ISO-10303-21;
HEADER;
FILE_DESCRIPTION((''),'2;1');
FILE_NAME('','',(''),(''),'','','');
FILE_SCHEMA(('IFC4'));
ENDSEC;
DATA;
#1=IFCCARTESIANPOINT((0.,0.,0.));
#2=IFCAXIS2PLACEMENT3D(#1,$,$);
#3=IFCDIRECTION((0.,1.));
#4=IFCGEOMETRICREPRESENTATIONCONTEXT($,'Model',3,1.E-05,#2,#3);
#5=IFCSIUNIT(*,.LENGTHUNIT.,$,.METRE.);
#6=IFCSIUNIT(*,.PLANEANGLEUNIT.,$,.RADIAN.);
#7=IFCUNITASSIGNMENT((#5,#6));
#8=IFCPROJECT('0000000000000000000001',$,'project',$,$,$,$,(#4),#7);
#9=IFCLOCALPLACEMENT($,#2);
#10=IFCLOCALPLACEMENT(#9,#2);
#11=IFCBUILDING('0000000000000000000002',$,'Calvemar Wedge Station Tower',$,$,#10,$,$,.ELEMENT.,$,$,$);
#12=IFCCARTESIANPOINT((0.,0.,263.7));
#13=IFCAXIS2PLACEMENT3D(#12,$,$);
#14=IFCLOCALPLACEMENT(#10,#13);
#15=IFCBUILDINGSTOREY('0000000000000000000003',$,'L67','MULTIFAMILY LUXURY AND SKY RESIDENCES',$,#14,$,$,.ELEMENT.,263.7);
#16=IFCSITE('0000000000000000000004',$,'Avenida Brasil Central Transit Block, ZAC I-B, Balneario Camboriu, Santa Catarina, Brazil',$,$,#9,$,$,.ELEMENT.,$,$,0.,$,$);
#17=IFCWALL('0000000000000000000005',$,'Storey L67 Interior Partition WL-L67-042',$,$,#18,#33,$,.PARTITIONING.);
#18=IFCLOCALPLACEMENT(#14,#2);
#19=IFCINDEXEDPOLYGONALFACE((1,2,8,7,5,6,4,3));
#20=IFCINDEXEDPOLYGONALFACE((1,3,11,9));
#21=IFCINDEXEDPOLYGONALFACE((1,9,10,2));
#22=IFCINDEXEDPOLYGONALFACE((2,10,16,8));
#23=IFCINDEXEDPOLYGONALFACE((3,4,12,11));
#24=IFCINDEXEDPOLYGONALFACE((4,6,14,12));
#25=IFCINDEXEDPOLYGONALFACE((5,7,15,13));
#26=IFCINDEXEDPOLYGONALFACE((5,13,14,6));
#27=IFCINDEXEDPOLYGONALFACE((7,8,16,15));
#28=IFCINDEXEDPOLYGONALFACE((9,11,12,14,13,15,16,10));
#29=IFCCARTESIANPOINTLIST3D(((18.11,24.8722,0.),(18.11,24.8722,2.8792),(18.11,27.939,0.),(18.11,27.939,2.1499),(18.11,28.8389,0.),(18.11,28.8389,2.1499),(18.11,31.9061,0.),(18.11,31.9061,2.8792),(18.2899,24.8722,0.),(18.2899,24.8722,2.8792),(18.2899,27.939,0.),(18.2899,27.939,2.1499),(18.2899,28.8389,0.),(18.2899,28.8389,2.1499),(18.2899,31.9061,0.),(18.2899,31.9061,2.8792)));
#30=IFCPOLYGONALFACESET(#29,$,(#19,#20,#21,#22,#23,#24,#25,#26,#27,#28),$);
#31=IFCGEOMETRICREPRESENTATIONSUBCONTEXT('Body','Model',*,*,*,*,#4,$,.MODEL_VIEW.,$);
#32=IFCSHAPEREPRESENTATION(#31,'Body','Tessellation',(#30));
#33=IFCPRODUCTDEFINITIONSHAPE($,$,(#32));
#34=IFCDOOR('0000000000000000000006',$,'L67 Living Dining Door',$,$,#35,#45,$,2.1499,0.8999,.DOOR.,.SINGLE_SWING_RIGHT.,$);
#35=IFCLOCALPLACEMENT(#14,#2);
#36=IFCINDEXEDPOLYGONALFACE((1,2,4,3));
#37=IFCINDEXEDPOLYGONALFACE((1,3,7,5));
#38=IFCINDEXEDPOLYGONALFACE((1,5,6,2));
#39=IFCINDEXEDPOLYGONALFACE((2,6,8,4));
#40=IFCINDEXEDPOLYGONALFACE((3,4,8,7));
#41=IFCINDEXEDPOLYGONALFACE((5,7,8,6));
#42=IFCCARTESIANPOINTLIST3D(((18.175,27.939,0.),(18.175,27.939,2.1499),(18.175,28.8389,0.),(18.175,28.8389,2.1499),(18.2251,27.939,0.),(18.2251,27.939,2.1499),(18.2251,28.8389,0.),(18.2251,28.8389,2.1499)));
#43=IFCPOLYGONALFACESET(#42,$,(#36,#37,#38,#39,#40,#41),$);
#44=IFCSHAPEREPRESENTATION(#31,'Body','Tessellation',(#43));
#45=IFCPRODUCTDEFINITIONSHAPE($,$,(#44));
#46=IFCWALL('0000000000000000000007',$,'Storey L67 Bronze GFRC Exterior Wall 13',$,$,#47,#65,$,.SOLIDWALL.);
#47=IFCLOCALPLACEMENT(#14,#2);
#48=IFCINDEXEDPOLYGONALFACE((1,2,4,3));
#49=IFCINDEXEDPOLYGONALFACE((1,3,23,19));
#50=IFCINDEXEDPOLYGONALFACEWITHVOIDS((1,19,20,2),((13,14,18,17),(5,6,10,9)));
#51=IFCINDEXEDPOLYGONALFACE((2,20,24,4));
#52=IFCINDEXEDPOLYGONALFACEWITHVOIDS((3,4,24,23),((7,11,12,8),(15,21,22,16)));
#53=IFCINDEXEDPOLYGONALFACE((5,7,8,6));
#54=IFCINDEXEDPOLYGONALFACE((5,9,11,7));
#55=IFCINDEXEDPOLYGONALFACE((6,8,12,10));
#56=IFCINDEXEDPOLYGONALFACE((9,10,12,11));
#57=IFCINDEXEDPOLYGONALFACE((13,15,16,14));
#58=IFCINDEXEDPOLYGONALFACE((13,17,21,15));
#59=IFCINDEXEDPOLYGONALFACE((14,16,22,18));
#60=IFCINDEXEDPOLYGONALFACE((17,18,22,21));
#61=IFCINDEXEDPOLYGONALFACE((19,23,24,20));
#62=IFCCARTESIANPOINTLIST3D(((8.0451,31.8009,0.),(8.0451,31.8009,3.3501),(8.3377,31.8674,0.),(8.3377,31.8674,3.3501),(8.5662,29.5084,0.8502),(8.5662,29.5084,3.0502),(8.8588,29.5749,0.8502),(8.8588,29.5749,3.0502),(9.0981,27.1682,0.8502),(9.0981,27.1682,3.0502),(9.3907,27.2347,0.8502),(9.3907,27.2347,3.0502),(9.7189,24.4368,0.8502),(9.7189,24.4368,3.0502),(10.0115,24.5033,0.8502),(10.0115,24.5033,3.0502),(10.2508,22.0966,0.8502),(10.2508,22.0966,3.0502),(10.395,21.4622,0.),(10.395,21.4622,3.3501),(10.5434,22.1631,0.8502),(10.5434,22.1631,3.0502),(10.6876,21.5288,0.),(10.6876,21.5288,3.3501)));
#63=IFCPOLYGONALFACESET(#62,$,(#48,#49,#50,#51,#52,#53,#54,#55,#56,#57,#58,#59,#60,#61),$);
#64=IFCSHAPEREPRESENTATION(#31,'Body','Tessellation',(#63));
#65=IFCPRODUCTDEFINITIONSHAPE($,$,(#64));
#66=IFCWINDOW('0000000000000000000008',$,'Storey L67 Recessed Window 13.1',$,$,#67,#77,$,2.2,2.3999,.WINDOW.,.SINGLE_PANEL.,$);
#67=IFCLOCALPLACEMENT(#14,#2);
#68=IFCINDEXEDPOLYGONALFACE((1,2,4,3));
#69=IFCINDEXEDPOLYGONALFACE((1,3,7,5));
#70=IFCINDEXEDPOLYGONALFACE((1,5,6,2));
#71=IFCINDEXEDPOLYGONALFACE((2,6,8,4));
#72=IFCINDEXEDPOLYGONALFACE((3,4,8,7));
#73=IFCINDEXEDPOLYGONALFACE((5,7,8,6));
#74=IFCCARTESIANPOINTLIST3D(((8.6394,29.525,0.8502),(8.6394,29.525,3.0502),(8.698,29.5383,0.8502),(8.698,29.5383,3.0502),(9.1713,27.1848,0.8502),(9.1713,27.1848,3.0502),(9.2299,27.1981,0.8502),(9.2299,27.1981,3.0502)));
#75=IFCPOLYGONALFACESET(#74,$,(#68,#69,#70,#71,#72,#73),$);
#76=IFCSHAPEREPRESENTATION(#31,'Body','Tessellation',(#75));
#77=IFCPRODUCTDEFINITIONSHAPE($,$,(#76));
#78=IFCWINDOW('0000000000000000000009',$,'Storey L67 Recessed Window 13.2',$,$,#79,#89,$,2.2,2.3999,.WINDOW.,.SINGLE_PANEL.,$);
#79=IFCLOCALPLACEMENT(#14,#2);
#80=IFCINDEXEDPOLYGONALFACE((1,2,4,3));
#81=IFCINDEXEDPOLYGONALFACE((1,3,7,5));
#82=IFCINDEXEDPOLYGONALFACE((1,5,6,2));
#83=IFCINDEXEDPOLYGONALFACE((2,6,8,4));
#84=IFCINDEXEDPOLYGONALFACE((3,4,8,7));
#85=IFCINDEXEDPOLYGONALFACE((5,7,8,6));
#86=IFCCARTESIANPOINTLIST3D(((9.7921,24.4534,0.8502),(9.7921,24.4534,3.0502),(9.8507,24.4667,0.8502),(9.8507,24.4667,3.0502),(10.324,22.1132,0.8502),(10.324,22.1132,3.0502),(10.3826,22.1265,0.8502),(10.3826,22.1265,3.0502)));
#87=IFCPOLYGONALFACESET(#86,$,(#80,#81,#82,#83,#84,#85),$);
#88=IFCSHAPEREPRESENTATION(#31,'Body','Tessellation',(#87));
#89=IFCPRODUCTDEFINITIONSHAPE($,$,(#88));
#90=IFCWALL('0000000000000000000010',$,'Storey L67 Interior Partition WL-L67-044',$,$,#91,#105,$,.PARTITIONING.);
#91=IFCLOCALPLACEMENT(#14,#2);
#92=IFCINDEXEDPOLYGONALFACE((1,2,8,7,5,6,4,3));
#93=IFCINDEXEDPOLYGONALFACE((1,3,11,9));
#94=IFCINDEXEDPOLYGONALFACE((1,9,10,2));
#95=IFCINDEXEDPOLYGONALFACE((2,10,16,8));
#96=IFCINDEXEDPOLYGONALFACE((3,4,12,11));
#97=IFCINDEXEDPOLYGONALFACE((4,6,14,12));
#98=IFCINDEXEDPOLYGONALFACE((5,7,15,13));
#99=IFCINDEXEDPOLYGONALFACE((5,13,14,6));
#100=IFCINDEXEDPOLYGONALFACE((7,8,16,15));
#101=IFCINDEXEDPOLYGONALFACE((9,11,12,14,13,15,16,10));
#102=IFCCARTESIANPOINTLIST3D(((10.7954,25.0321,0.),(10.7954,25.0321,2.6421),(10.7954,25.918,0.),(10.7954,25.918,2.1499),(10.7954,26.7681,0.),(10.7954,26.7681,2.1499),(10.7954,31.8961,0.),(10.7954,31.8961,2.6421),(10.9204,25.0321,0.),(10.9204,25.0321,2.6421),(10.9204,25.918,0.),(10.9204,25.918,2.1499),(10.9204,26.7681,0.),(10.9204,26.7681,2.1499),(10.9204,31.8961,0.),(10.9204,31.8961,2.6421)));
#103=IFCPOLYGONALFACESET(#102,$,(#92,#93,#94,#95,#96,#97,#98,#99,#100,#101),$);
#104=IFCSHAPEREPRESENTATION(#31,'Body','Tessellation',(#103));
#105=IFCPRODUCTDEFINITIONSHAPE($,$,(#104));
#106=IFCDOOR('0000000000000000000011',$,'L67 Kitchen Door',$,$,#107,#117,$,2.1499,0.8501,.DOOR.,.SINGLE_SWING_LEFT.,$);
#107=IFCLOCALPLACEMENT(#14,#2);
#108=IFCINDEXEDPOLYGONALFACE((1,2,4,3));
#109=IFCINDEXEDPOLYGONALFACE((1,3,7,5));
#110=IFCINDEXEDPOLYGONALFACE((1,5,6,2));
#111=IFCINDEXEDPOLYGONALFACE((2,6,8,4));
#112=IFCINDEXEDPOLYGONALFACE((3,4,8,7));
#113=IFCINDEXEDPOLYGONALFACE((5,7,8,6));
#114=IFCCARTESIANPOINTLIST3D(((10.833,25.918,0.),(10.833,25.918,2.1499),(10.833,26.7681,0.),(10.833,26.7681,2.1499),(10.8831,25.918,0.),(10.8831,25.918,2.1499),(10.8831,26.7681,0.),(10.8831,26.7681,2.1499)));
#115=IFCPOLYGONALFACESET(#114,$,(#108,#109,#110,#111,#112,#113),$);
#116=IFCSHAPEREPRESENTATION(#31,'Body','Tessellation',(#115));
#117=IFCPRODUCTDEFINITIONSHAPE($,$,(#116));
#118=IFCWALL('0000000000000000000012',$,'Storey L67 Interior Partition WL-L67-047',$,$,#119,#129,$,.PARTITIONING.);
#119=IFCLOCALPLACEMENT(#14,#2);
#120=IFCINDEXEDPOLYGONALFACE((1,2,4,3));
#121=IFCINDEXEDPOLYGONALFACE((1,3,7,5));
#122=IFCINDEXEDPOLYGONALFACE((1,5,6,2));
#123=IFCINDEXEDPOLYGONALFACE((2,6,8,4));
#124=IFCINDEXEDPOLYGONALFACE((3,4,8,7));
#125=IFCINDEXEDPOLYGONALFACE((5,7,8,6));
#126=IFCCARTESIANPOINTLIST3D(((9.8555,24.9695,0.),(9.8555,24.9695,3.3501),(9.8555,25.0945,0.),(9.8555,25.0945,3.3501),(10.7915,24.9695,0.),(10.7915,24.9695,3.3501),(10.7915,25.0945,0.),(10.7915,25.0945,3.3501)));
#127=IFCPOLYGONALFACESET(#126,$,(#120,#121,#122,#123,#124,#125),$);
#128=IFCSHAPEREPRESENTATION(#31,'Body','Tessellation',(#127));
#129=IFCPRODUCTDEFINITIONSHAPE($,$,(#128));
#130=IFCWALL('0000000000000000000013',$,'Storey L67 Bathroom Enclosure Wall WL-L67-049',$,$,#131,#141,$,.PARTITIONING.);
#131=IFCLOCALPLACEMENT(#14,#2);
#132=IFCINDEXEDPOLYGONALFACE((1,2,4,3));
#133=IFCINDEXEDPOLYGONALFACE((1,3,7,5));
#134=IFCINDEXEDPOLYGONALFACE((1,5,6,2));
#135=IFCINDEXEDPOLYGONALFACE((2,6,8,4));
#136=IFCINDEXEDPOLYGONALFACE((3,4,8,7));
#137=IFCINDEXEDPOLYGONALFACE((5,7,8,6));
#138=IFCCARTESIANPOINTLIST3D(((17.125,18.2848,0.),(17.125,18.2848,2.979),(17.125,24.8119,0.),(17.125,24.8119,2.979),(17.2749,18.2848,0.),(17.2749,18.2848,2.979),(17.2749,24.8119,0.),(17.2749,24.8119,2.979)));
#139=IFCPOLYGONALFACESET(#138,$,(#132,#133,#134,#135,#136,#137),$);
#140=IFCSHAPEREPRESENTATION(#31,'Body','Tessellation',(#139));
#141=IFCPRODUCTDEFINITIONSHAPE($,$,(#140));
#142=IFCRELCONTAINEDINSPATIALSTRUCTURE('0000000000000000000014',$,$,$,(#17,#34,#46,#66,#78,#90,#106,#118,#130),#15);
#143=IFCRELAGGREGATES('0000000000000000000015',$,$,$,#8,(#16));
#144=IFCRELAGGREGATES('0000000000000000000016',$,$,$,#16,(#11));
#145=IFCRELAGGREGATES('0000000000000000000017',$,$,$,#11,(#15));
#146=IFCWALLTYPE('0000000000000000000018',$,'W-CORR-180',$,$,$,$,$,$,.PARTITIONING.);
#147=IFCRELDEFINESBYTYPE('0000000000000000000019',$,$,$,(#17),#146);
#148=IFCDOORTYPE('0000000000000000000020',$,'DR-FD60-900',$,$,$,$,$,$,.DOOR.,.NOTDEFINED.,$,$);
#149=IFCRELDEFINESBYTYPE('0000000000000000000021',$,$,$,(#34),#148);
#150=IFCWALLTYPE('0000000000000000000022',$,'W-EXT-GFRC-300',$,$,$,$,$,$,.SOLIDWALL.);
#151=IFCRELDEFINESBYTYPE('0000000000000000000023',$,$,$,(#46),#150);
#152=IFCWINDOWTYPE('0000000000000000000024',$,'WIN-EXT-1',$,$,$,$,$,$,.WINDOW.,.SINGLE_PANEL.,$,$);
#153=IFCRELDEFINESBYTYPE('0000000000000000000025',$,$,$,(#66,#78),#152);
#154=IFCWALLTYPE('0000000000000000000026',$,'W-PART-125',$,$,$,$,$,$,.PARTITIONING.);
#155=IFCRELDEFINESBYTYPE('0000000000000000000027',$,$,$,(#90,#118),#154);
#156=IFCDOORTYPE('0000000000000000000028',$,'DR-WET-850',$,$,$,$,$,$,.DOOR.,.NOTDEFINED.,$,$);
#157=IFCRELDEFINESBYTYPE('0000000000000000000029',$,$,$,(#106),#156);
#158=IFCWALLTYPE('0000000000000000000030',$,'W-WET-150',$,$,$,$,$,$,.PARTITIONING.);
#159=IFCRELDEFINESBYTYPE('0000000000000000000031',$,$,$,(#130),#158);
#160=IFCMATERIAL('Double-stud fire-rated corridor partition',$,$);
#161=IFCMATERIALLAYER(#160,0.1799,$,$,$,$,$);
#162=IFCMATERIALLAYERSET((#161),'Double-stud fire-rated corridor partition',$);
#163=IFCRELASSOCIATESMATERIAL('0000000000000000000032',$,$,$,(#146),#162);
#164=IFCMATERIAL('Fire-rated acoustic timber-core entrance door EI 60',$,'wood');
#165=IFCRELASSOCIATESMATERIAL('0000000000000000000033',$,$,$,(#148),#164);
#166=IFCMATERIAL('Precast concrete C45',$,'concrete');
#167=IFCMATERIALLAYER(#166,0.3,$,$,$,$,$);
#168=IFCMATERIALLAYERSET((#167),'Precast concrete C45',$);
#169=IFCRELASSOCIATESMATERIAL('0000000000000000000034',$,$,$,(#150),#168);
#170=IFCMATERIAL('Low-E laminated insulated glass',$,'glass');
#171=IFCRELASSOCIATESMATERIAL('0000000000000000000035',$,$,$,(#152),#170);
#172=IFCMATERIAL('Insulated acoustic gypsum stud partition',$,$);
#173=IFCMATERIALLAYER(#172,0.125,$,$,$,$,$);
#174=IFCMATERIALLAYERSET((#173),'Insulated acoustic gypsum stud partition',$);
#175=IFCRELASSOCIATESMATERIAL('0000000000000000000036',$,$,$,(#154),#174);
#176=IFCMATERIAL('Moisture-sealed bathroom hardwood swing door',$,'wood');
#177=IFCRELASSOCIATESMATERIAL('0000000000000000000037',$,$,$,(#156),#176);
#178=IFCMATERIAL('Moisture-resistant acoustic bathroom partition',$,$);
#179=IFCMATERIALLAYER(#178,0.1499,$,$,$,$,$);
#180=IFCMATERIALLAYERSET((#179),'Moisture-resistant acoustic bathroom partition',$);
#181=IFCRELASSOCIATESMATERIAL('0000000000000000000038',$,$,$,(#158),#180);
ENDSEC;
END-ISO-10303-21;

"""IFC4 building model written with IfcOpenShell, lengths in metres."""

from ifc_helpers import new_model, si_unit, direction, frame, frame_2d, origin, place, context, subcontext, project, spatial, rectangle, extrude, source, transform, mapped, material, layer, layer_set, type_object, element, fill, save


model = new_model("IFC4")

# Units and contexts
model_context = context("Model", 3, precision=1e-05, world=origin(), true_north=direction((0.0, 1.0)))
body_context = subcontext(model_context, "Body", "Model", "MODEL_VIEW")
ifc_project = project(units=[si_unit("LENGTHUNIT", "METRE"), si_unit("PLANEANGLEUNIT", "RADIAN")], contexts=[model_context])

# Site, building, storey
site_placement = place(None, origin())
site = spatial("IfcSite", under=ifc_project, at=site_placement, Name="Avenida Brasil Central Transit Block, ZAC I-B, Balneario Camboriu, Santa Catarina, Brazil", CompositionType="ELEMENT", RefElevation=0.0)
building_placement = place(site_placement, origin())
building = spatial("IfcBuilding", under=site, at=building_placement, Name="Calvemar Wedge Station Tower", CompositionType="ELEMENT")
storey_placement = place(building_placement, frame((0.0, 0.0, 263.7)))
storey = spatial("IfcBuildingStorey", under=building, at=storey_placement, Name="L67", Description="MULTIFAMILY LUXURY AND SKY RESIDENCES", CompositionType="ELEMENT", Elevation=263.7)

# Wall, opening, door
ifc_material_1 = material(Name="Double-stud fire-rated corridor partition")
ifc_layer_1 = layer(ifc_material_1, 0.1799)
ifc_layer_set_1 = layer_set([ifc_layer_1], Name="Double-stud fire-rated corridor partition")
wall_type_1 = type_object("IfcWallType", Name="W-CORR-180", PredefinedType="PARTITIONING", material=ifc_layer_set_1)
wall_1_placement = place(storey_placement, frame((18.2, 24.8721, 0.0), z_axis=(0.0, 0.0, 1.0), x_axis=(0.0, 1.0, 0.0)))
wall_1 = element("IfcWall", 1, at=wall_1_placement, inside=storey, type_object=wall_type_1, Name="Storey L67 Interior Partition WL-L67-042", PredefinedType="PARTITIONING", context=body_context, shape_type="SweptSolid", body=[
    extrude(rectangle(XDim=7.0339, YDim=0.1799, at=frame_2d((3.5171, 0.0))), origin(), (0.0, 0.0, 1.0), 2.8792),
])
shared_shape_1 = source(origin(), body_context, "Body", "SweptSolid", [
    extrude(rectangle(XDim=0.8999, YDim=2.1499, at=frame_2d((0.45, 1.075))), frame((0.0, 0.1001, 0.0), z_axis=(0.0, -1.0, 0.0), x_axis=(1.0, 0.0, 0.0)), (0.0, 0.0, 1.0), 0.2),
])
opening_1_placement = place(wall_1_placement, frame((3.0669, 0.0, 0.0)))
opening_1 = element("IfcOpeningElement", 2, at=opening_1_placement, cuts=wall_1, PredefinedType="OPENING", context=body_context, shape_type="MappedRepresentation", body=[
    mapped(shared_shape_1, transform((0.0, 0.0, 0.0), scale=1.0)),
])
ifc_material_2 = material(Name="Fire-rated acoustic timber-core entrance door EI 60", Category="wood")
door_type_1 = type_object("IfcDoorType", Name="DR-FD60-900", OperationType="NOTDEFINED", PredefinedType="DOOR", material=ifc_material_2)
shared_shape_2 = source(origin(), body_context, "Body", "SweptSolid", [
    extrude(rectangle(XDim=0.8999, YDim=2.1499, at=frame_2d((0.45, 1.075))), frame((0.0, 0.0249, 0.0), z_axis=(0.0, -1.0, 0.0), x_axis=(1.0, 0.0, 0.0)), (0.0, 0.0, 1.0), 0.05),
])
door_1_placement = place(opening_1_placement, origin())
door_1 = element("IfcDoor", 3, at=door_1_placement, inside=storey, type_object=door_type_1, Name="L67 Living Dining Door", OperationType="SINGLE_SWING_RIGHT", OverallHeight=2.1499, OverallWidth=0.8999, PredefinedType="DOOR", context=body_context, shape_type="MappedRepresentation", body=[
    mapped(shared_shape_2, transform((0.0, 0.0, 0.0), scale=1.0)),
])
fill(opening_1, door_1)

# Wall, openings, windows
ifc_material_3 = material(Name="Precast concrete C45", Category="concrete")
ifc_layer_2 = layer(ifc_material_3, 0.3)
ifc_layer_set_2 = layer_set([ifc_layer_2], Name="Precast concrete C45")
wall_type_2 = type_object("IfcWallType", Name="W-EXT-GFRC-300", PredefinedType="SOLIDWALL", material=ifc_layer_set_2)
wall_2_placement = place(storey_placement, frame((8.1914, 31.8342, 0.0), z_axis=(0.0, 0.0, 1.0), x_axis=(0.221636, -0.975129, 0.0)))
wall_2 = element("IfcWall", 4, at=wall_2_placement, inside=storey, type_object=wall_type_2, Name="Storey L67 Bronze GFRC Exterior Wall 13", PredefinedType="SOLIDWALL", context=body_context, shape_type="SweptSolid", body=[
    extrude(rectangle(XDim=10.6023, YDim=0.3, at=frame_2d((5.3013, 0.0))), origin(), (0.0, 0.0, 1.0), 3.3501),
])
shared_shape_3 = source(origin(), body_context, "Body", "SweptSolid", [
    extrude(rectangle(XDim=2.3999, YDim=2.2, at=frame_2d((1.2, 1.1001))), frame((0.0, 0.1602, 0.0), z_axis=(0.0, -1.0, 0.0), x_axis=(1.0, 0.0, 0.0)), (0.0, 0.0, 1.0), 0.3201),
])
opening_2_placement = place(wall_2_placement, frame((2.3511, 0.0, 0.8501)))
opening_2 = element("IfcOpeningElement", 5, at=opening_2_placement, cuts=wall_2, PredefinedType="OPENING", context=body_context, shape_type="MappedRepresentation", body=[
    mapped(shared_shape_3, transform((0.0, 0.0, 0.0), scale=1.0)),
])
opening_3_placement = place(wall_2_placement, frame((7.552, 0.0, 0.8501)))
opening_3 = element("IfcOpeningElement", 6, at=opening_3_placement, cuts=wall_2, PredefinedType="OPENING", context=body_context, shape_type="MappedRepresentation", body=[
    mapped(shared_shape_3, transform((0.0, 0.0, 0.0), scale=1.0)),
])
ifc_material_4 = material(Name="Low-E laminated insulated glass", Category="glass")
window_type = type_object("IfcWindowType", Name="WIN-EXT-1", PartitioningType="SINGLE_PANEL", PredefinedType="WINDOW", material=ifc_material_4)
shared_shape_4 = source(origin(), body_context, "Body", "SweptSolid", [
    extrude(rectangle(XDim=2.3999, YDim=2.2, at=frame_2d((1.2, 1.1001))), frame((0.0, -0.0149, 0.0), z_axis=(0.0, -1.0, 0.0), x_axis=(1.0, 0.0, 0.0)), (0.0, 0.0, 1.0), 0.0601),
])
window_1_placement = place(opening_2_placement, origin())
window_1 = element("IfcWindow", 7, at=window_1_placement, inside=storey, type_object=window_type, Name="Storey L67 Recessed Window 13.1", OverallHeight=2.2, OverallWidth=2.3999, PartitioningType="SINGLE_PANEL", PredefinedType="WINDOW", context=body_context, shape_type="MappedRepresentation", body=[
    mapped(shared_shape_4, transform((0.0, 0.0, 0.0), scale=1.0)),
])
fill(opening_2, window_1)
window_2_placement = place(opening_3_placement, origin())
window_2 = element("IfcWindow", 8, at=window_2_placement, inside=storey, type_object=window_type, Name="Storey L67 Recessed Window 13.2", OverallHeight=2.2, OverallWidth=2.3999, PartitioningType="SINGLE_PANEL", PredefinedType="WINDOW", context=body_context, shape_type="MappedRepresentation", body=[
    mapped(shared_shape_4, transform((0.0, 0.0, 0.0), scale=1.0)),
])
fill(opening_3, window_2)

# Wall, opening, door
ifc_material_5 = material(Name="Insulated acoustic gypsum stud partition")
ifc_layer_3 = layer(ifc_material_5, 0.125)
ifc_layer_set_3 = layer_set([ifc_layer_3], Name="Insulated acoustic gypsum stud partition")
wall_type_3 = type_object("IfcWallType", Name="W-PART-125", PredefinedType="PARTITIONING", material=ifc_layer_set_3)
wall_3_placement = place(storey_placement, frame((10.8579, 25.032, 0.0), z_axis=(0.0, 0.0, 1.0), x_axis=(0.0, 1.0, 0.0)))
wall_3 = element("IfcWall", 9, at=wall_3_placement, inside=storey, type_object=wall_type_3, Name="Storey L67 Interior Partition WL-L67-044", PredefinedType="PARTITIONING", context=body_context, shape_type="SweptSolid", body=[
    extrude(rectangle(XDim=6.864, YDim=0.125, at=frame_2d((3.4321, 0.0))), origin(), (0.0, 0.0, 1.0), 2.6421),
])
shared_shape_5 = source(origin(), body_context, "Body", "SweptSolid", [
    extrude(rectangle(XDim=0.8501, YDim=2.1499, at=frame_2d((0.425, 1.075))), frame((0.0, 0.0725, 0.0), z_axis=(0.0, -1.0, 0.0), x_axis=(1.0, 0.0, 0.0)), (0.0, 0.0, 1.0), 0.145),
])
opening_4_placement = place(wall_3_placement, frame((0.886, 0.0, 0.0)))
opening_4 = element("IfcOpeningElement", 10, at=opening_4_placement, cuts=wall_3, PredefinedType="OPENING", context=body_context, shape_type="MappedRepresentation", body=[
    mapped(shared_shape_5, transform((0.0, 0.0, 0.0), scale=1.0)),
])
ifc_material_6 = material(Name="Moisture-sealed bathroom hardwood swing door", Category="wood")
door_type_2 = type_object("IfcDoorType", Name="DR-WET-850", OperationType="NOTDEFINED", PredefinedType="DOOR", material=ifc_material_6)
shared_shape_6 = source(origin(), body_context, "Body", "SweptSolid", [
    extrude(rectangle(XDim=0.8501, YDim=2.1499, at=frame_2d((0.425, 1.075))), frame((0.0, 0.0249, 0.0), z_axis=(0.0, -1.0, 0.0), x_axis=(1.0, 0.0, 0.0)), (0.0, 0.0, 1.0), 0.05),
])
door_2_placement = place(opening_4_placement, origin())
door_2 = element("IfcDoor", 11, at=door_2_placement, inside=storey, type_object=door_type_2, Name="L67 Kitchen Door", OperationType="SINGLE_SWING_LEFT", OverallHeight=2.1499, OverallWidth=0.8501, PredefinedType="DOOR", context=body_context, shape_type="MappedRepresentation", body=[
    mapped(shared_shape_6, transform((0.0, 0.0, 0.0), scale=1.0)),
])
fill(opening_4, door_2)

# Wall
wall_4_placement = place(storey_placement, frame((10.7915, 25.032, 0.0), z_axis=(0.0, 0.0, 1.0), x_axis=(-1.0, 0.0, 0.0)))
element("IfcWall", 12, at=wall_4_placement, inside=storey, type_object=wall_type_3, Name="Storey L67 Interior Partition WL-L67-047", PredefinedType="PARTITIONING", context=body_context, shape_type="SweptSolid", body=[
    extrude(rectangle(XDim=0.936, YDim=0.125, at=frame_2d((0.468, 0.0))), origin(), (0.0, 0.0, 1.0), 3.3501),
])

# Shared definitions
ifc_material_7 = material(Name="Moisture-resistant acoustic bathroom partition")
ifc_layer_4 = layer(ifc_material_7, 0.1499)
ifc_layer_set_4 = layer_set([ifc_layer_4], Name="Moisture-resistant acoustic bathroom partition")
wall_type_4 = type_object("IfcWallType", Name="W-WET-150", PredefinedType="PARTITIONING", material=ifc_layer_set_4)

# Wall
wall_5_placement = place(storey_placement, frame((17.2, 24.812, 0.0), z_axis=(0.0, 0.0, 1.0), x_axis=(0.0, -1.0, 0.0)))
element("IfcWall", 13, at=wall_5_placement, inside=storey, type_object=wall_type_4, Name="Storey L67 Bathroom Enclosure Wall WL-L67-049", PredefinedType="PARTITIONING", context=body_context, shape_type="SweptSolid", body=[
    extrude(rectangle(XDim=6.5271, YDim=0.1499, at=frame_2d((3.2637, 0.0))), origin(), (0.0, 0.0, 1.0), 2.979),
])

save(model, "model.ifc")
